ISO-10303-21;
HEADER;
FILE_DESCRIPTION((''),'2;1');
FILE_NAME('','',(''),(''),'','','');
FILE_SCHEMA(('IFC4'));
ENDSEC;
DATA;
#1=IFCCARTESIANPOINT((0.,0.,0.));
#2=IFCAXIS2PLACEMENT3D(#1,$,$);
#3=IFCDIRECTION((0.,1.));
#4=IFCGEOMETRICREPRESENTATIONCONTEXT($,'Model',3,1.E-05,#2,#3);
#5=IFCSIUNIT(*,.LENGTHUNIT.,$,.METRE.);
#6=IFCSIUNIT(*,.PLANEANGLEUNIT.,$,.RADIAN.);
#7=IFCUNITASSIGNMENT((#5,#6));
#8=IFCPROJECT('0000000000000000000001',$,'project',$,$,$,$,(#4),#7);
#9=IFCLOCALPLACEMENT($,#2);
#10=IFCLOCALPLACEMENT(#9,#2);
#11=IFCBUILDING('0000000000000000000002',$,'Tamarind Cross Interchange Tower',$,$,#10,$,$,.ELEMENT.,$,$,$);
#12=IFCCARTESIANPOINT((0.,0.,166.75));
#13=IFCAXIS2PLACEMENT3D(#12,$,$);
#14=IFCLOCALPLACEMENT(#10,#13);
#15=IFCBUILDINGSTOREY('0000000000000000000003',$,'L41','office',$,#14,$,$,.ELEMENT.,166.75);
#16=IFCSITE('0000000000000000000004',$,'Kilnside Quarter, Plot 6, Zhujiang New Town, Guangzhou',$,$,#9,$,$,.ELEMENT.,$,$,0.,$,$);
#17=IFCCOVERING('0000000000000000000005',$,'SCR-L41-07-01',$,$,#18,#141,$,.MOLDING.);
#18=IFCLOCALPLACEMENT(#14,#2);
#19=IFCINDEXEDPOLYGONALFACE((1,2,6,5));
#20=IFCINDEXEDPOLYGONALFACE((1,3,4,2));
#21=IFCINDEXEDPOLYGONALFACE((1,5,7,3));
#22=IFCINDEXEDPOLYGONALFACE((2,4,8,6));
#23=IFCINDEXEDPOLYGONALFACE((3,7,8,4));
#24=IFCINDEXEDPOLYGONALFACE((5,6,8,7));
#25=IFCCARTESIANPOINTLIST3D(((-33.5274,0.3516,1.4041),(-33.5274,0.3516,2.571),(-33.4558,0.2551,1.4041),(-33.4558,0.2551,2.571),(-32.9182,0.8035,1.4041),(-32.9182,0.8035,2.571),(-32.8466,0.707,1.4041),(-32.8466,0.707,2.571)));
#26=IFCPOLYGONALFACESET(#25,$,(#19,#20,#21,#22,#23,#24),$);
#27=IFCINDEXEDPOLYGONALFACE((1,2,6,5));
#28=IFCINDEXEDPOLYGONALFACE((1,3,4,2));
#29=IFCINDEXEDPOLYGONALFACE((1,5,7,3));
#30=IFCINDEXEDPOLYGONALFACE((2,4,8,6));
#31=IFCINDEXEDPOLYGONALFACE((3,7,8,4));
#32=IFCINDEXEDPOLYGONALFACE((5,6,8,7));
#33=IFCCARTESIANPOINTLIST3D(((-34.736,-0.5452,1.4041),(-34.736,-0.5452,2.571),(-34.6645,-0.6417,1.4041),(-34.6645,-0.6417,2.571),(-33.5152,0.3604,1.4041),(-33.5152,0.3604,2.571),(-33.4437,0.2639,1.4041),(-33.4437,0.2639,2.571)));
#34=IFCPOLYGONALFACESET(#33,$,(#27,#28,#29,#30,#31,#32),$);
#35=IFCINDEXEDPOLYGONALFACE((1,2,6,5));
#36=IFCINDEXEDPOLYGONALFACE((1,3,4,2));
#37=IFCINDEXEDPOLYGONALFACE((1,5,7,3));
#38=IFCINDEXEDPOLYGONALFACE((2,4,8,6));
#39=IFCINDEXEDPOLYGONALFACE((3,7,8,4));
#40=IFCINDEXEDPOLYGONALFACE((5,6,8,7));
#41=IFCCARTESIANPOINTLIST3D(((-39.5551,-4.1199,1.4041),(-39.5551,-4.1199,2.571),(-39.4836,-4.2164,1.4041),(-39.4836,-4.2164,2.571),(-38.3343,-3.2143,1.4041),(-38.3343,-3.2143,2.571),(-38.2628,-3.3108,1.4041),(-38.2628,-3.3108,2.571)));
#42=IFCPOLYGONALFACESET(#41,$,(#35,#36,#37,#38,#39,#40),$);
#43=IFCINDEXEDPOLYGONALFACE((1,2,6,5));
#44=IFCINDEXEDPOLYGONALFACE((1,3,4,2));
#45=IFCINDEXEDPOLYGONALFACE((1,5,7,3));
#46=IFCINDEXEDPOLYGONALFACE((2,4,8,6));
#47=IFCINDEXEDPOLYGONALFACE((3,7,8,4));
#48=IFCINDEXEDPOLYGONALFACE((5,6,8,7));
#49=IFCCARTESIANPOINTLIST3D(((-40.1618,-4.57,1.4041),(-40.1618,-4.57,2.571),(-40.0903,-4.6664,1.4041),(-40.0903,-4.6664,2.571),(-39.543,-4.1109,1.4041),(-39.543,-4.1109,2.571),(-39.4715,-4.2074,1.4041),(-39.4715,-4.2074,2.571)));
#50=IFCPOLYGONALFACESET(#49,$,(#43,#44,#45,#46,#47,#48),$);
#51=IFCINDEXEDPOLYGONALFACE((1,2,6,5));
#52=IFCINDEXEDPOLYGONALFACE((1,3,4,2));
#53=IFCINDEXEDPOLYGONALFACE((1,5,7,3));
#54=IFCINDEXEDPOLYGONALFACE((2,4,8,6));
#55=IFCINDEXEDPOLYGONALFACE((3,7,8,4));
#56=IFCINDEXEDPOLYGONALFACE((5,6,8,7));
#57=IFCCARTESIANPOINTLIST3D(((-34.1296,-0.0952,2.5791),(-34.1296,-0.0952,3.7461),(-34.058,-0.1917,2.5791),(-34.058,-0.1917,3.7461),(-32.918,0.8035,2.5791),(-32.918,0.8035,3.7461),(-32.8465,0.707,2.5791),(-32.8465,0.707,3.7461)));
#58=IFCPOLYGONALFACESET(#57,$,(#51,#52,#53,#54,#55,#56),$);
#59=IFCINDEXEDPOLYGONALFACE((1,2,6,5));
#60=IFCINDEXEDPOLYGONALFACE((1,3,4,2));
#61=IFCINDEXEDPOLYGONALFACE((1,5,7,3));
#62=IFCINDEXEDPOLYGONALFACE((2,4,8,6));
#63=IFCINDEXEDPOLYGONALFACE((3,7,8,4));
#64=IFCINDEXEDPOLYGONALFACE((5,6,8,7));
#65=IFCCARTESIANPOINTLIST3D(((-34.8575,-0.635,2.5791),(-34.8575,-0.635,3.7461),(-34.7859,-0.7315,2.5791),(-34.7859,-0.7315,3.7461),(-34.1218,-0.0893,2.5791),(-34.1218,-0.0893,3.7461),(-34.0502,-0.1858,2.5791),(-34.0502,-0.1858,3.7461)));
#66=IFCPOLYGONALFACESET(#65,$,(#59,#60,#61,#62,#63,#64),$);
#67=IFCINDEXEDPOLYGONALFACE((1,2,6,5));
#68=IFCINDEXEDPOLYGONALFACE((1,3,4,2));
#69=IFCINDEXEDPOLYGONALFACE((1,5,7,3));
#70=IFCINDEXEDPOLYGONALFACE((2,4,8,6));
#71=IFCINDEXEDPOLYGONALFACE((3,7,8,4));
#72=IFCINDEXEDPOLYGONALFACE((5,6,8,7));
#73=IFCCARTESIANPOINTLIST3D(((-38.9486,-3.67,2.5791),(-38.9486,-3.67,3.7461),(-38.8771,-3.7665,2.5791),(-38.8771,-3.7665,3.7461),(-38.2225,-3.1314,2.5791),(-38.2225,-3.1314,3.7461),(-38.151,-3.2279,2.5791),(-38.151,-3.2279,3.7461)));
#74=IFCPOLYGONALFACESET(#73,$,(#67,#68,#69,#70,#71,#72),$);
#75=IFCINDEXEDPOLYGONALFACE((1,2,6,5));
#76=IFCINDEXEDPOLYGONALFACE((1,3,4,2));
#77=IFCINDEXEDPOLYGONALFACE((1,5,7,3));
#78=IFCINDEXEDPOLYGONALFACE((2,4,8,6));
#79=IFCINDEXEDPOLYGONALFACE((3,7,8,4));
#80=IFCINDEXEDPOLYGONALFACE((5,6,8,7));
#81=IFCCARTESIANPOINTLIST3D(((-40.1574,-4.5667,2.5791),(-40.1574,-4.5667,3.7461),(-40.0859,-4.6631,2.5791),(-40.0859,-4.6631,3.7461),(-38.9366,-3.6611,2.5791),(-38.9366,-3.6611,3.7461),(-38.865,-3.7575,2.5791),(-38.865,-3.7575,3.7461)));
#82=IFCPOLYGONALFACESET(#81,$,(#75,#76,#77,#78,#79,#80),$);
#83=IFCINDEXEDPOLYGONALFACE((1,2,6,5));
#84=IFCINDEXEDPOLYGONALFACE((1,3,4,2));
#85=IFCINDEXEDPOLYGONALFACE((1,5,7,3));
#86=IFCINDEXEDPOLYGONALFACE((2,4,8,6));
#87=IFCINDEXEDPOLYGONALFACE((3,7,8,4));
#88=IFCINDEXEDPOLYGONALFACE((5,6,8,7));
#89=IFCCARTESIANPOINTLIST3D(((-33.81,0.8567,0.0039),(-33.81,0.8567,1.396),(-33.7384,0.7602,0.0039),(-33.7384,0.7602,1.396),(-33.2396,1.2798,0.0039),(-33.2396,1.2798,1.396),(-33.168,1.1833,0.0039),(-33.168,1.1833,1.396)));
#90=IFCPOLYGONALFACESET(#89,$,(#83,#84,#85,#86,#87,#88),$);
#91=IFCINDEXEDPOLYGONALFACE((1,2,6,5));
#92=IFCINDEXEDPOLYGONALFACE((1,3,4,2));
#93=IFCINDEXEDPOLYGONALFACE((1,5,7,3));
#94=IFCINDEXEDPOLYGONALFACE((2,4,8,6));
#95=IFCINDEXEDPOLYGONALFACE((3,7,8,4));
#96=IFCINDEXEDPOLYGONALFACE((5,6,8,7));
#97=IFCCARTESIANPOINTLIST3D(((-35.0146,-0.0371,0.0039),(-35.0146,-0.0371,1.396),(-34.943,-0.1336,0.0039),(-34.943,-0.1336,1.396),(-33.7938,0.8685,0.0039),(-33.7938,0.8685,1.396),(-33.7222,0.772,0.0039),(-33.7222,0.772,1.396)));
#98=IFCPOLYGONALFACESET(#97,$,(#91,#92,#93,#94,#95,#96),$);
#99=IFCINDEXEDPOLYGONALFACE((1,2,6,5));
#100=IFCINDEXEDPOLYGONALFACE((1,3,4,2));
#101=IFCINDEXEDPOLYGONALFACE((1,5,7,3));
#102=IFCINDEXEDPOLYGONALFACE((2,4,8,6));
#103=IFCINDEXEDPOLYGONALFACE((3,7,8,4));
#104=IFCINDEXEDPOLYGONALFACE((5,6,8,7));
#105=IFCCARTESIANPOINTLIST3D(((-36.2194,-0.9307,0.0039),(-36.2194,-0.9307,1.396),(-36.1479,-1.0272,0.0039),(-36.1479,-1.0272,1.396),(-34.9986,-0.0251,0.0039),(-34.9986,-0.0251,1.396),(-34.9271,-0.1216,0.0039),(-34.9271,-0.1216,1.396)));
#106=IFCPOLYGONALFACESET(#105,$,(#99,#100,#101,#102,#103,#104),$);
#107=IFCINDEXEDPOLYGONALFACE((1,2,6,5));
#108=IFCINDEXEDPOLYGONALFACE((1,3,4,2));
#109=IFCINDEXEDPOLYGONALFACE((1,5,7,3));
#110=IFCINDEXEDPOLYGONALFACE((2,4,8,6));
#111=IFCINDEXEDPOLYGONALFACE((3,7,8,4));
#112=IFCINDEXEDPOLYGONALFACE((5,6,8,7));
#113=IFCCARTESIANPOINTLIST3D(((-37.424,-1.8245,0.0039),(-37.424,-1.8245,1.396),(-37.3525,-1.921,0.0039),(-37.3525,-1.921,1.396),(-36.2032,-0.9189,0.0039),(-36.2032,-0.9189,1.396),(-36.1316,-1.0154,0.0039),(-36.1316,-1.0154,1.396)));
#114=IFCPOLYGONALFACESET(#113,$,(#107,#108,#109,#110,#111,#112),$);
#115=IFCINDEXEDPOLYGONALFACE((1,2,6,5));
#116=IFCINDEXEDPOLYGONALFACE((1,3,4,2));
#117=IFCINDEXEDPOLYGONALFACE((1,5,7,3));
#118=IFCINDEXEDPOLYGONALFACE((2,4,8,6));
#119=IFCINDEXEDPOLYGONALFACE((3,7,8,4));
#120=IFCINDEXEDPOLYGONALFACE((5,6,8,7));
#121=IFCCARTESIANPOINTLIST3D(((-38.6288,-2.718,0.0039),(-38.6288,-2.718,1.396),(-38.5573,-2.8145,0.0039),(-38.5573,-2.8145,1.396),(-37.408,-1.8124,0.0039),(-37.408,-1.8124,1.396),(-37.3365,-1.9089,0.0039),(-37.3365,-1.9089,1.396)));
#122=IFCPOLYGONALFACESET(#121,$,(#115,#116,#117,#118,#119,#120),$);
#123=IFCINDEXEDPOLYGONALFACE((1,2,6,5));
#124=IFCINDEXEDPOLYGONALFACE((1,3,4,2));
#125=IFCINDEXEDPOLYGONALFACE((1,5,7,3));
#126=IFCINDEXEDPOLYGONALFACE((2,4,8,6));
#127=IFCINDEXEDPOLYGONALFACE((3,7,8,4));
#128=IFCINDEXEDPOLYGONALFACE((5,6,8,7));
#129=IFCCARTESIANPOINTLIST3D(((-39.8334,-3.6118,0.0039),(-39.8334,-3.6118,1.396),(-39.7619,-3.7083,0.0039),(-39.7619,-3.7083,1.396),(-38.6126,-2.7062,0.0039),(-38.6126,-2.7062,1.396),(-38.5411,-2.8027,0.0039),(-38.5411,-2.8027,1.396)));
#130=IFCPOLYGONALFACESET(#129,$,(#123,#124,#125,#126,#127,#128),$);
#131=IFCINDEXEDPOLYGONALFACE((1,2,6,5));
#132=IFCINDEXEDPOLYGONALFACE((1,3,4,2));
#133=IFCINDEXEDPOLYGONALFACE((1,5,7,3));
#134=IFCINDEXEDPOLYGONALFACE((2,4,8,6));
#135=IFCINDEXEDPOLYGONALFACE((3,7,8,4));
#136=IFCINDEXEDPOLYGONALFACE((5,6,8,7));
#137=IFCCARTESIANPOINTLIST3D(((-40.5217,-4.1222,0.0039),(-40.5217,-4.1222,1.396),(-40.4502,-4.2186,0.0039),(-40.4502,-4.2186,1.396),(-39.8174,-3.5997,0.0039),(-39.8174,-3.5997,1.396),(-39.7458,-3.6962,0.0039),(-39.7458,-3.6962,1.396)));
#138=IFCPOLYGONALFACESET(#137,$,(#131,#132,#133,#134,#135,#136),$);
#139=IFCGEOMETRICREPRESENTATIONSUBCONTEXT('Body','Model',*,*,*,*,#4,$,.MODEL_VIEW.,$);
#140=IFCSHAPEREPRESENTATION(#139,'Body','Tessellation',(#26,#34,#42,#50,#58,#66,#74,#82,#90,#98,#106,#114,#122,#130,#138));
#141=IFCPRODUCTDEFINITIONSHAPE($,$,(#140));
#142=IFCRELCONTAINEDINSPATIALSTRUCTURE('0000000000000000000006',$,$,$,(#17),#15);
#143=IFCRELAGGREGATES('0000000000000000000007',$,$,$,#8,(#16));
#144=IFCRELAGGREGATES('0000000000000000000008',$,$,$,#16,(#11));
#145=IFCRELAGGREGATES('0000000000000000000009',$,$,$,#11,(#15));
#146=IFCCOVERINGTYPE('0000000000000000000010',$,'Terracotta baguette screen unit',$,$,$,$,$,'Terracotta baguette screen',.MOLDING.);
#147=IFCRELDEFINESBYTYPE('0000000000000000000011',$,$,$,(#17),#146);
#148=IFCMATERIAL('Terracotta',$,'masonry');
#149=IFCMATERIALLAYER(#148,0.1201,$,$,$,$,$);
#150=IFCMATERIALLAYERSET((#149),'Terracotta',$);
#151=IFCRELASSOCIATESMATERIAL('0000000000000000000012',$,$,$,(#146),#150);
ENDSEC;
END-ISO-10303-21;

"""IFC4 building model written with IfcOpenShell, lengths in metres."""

from ifc_helpers import new_model, si_unit, direction, frame, origin, origin_2d, place, context, subcontext, project, spatial, rectangle, extrude, material, layer, layer_set, type_object, element, save


model = new_model("IFC4")

# Units and contexts
model_context = context("Model", 3, precision=1e-05, world=origin(), true_north=direction((0.0, 1.0)))
body_context = subcontext(model_context, "Body", "Model", "MODEL_VIEW")
ifc_project = project(units=[si_unit("LENGTHUNIT", "METRE"), si_unit("PLANEANGLEUNIT", "RADIAN")], contexts=[model_context])

# Site, building, storey
site_placement = place(None, origin())
site = spatial("IfcSite", under=ifc_project, at=site_placement, Name="Kilnside Quarter, Plot 6, Zhujiang New Town, Guangzhou", CompositionType="ELEMENT", RefElevation=0.0)
building_placement = place(site_placement, origin())
building = spatial("IfcBuilding", under=site, at=building_placement, Name="Tamarind Cross Interchange Tower", CompositionType="ELEMENT")
storey_placement = place(building_placement, frame((0.0, 0.0, 166.75)))
storey = spatial("IfcBuildingStorey", under=building, at=storey_placement, Name="L41", Description="office", CompositionType="ELEMENT", Elevation=166.75)

# Covering
ifc_material_1 = material(Name="Terracotta", Category="masonry")
ifc_layer_1 = layer(ifc_material_1, 0.1201)
ifc_layer_set_1 = layer_set([ifc_layer_1], Name="Terracotta")
covering_type = type_object("IfcCoveringType", Name="Terracotta baguette screen unit", ElementType="Terracotta baguette screen", PredefinedType="MOLDING", material=ifc_layer_set_1)
covering_1_placement = place(storey_placement, origin())
element("IfcCovering", 1, at=covering_1_placement, inside=storey, type_object=covering_type, Name="SCR-L41-07-01", PredefinedType="MOLDING", context=body_context, shape_type="SweptSolid", body=[
    extrude(rectangle(XDim=0.7585, YDim=0.1201, at=origin_2d()), frame((-33.187, 0.5293, 1.4041), z_axis=(0.0, 0.0, 1.0), x_axis=(-0.80315, -0.595776, 0.0)), (0.0, 0.0, 1.0), 1.167),
    extrude(rectangle(XDim=1.52, YDim=0.1201, at=origin_2d()), frame((-34.0898, -0.1406, 1.4041), z_axis=(0.0, 0.0, 1.0), x_axis=(-0.80315, -0.595776, 0.0)), (0.0, 0.0, 1.0), 1.167),
    extrude(rectangle(XDim=1.52, YDim=0.1201, at=origin_2d()), frame((-38.9089, -3.7153, 1.4041), z_axis=(0.0, 0.0, 1.0), x_axis=(-0.80315, -0.595776, 0.0)), (0.0, 0.0, 1.0), 1.167),
    extrude(rectangle(XDim=0.7705, YDim=0.1201, at=origin_2d()), frame((-39.8167, -4.3887, 1.4041), z_axis=(0.0, 0.0, 1.0), x_axis=(-0.80315, -0.595776, 0.0)), (0.0, 0.0, 1.0), 1.167),
    extrude(rectangle(XDim=1.5085, YDim=0.1201, at=origin_2d()), frame((-33.488, 0.3059, 2.5791), z_axis=(0.0, 0.0, 1.0), x_axis=(-0.80315, -0.595776, 0.0)), (0.0, 0.0, 1.0), 1.167),
    extrude(rectangle(XDim=0.916, YDim=0.1201, at=origin_2d()), frame((-34.4539, -0.4104, 2.5791), z_axis=(0.0, 0.0, 1.0), x_axis=(-0.80315, -0.595776, 0.0)), (0.0, 0.0, 1.0), 1.167),
    extrude(rectangle(XDim=0.9041, YDim=0.1201, at=origin_2d()), frame((-38.5498, -3.449, 2.5791), z_axis=(0.0, 0.0, 1.0), x_axis=(-0.80315, -0.595776, 0.0)), (0.0, 0.0, 1.0), 1.167),
    extrude(rectangle(XDim=1.52, YDim=0.1201, at=origin_2d()), frame((-39.5112, -4.1621, 2.5791), z_axis=(0.0, 0.0, 1.0), x_axis=(-0.80315, -0.595776, 0.0)), (0.0, 0.0, 1.0), 1.167),
    extrude(rectangle(XDim=0.7102, YDim=0.1201, at=origin_2d()), frame((-33.489, 1.02, 0.0039), z_axis=(0.0, 0.0, 1.0), x_axis=(-0.80315, -0.595776, 0.0)), (0.0, 0.0, 1.0), 1.3921),
    extrude(rectangle(XDim=1.52, YDim=0.1201, at=origin_2d()), frame((-34.3684, 0.3674, 0.0039), z_axis=(0.0, 0.0, 1.0), x_axis=(-0.80315, -0.595776, 0.0)), (0.0, 0.0, 1.0), 1.3921),
    extrude(rectangle(XDim=1.52, YDim=0.1201, at=origin_2d()), frame((-35.5732, -0.5261, 0.0039), z_axis=(0.0, 0.0, 1.0), x_axis=(-0.80315, -0.595776, 0.0)), (0.0, 0.0, 1.0), 1.3921),
    extrude(rectangle(XDim=1.52, YDim=0.1201, at=origin_2d()), frame((-36.7778, -1.4199, 0.0039), z_axis=(0.0, 0.0, 1.0), x_axis=(-0.80315, -0.595776, 0.0)), (0.0, 0.0, 1.0), 1.3921),
    extrude(rectangle(XDim=1.52, YDim=0.1201, at=origin_2d()), frame((-37.9827, -2.3135, 0.0039), z_axis=(0.0, 0.0, 1.0), x_axis=(-0.80315, -0.595776, 0.0)), (0.0, 0.0, 1.0), 1.3921),
    extrude(rectangle(XDim=1.52, YDim=0.1201, at=origin_2d()), frame((-39.1873, -3.2073, 0.0039), z_axis=(0.0, 0.0, 1.0), x_axis=(-0.80315, -0.595776, 0.0)), (0.0, 0.0, 1.0), 1.3921),
    extrude(rectangle(XDim=0.877, YDim=0.1201, at=origin_2d()), frame((-40.1338, -3.9092, 0.0039), z_axis=(0.0, 0.0, 1.0), x_axis=(-0.80315, -0.595776, 0.0)), (0.0, 0.0, 1.0), 1.3921),
])

save(model, "model.ifc")
